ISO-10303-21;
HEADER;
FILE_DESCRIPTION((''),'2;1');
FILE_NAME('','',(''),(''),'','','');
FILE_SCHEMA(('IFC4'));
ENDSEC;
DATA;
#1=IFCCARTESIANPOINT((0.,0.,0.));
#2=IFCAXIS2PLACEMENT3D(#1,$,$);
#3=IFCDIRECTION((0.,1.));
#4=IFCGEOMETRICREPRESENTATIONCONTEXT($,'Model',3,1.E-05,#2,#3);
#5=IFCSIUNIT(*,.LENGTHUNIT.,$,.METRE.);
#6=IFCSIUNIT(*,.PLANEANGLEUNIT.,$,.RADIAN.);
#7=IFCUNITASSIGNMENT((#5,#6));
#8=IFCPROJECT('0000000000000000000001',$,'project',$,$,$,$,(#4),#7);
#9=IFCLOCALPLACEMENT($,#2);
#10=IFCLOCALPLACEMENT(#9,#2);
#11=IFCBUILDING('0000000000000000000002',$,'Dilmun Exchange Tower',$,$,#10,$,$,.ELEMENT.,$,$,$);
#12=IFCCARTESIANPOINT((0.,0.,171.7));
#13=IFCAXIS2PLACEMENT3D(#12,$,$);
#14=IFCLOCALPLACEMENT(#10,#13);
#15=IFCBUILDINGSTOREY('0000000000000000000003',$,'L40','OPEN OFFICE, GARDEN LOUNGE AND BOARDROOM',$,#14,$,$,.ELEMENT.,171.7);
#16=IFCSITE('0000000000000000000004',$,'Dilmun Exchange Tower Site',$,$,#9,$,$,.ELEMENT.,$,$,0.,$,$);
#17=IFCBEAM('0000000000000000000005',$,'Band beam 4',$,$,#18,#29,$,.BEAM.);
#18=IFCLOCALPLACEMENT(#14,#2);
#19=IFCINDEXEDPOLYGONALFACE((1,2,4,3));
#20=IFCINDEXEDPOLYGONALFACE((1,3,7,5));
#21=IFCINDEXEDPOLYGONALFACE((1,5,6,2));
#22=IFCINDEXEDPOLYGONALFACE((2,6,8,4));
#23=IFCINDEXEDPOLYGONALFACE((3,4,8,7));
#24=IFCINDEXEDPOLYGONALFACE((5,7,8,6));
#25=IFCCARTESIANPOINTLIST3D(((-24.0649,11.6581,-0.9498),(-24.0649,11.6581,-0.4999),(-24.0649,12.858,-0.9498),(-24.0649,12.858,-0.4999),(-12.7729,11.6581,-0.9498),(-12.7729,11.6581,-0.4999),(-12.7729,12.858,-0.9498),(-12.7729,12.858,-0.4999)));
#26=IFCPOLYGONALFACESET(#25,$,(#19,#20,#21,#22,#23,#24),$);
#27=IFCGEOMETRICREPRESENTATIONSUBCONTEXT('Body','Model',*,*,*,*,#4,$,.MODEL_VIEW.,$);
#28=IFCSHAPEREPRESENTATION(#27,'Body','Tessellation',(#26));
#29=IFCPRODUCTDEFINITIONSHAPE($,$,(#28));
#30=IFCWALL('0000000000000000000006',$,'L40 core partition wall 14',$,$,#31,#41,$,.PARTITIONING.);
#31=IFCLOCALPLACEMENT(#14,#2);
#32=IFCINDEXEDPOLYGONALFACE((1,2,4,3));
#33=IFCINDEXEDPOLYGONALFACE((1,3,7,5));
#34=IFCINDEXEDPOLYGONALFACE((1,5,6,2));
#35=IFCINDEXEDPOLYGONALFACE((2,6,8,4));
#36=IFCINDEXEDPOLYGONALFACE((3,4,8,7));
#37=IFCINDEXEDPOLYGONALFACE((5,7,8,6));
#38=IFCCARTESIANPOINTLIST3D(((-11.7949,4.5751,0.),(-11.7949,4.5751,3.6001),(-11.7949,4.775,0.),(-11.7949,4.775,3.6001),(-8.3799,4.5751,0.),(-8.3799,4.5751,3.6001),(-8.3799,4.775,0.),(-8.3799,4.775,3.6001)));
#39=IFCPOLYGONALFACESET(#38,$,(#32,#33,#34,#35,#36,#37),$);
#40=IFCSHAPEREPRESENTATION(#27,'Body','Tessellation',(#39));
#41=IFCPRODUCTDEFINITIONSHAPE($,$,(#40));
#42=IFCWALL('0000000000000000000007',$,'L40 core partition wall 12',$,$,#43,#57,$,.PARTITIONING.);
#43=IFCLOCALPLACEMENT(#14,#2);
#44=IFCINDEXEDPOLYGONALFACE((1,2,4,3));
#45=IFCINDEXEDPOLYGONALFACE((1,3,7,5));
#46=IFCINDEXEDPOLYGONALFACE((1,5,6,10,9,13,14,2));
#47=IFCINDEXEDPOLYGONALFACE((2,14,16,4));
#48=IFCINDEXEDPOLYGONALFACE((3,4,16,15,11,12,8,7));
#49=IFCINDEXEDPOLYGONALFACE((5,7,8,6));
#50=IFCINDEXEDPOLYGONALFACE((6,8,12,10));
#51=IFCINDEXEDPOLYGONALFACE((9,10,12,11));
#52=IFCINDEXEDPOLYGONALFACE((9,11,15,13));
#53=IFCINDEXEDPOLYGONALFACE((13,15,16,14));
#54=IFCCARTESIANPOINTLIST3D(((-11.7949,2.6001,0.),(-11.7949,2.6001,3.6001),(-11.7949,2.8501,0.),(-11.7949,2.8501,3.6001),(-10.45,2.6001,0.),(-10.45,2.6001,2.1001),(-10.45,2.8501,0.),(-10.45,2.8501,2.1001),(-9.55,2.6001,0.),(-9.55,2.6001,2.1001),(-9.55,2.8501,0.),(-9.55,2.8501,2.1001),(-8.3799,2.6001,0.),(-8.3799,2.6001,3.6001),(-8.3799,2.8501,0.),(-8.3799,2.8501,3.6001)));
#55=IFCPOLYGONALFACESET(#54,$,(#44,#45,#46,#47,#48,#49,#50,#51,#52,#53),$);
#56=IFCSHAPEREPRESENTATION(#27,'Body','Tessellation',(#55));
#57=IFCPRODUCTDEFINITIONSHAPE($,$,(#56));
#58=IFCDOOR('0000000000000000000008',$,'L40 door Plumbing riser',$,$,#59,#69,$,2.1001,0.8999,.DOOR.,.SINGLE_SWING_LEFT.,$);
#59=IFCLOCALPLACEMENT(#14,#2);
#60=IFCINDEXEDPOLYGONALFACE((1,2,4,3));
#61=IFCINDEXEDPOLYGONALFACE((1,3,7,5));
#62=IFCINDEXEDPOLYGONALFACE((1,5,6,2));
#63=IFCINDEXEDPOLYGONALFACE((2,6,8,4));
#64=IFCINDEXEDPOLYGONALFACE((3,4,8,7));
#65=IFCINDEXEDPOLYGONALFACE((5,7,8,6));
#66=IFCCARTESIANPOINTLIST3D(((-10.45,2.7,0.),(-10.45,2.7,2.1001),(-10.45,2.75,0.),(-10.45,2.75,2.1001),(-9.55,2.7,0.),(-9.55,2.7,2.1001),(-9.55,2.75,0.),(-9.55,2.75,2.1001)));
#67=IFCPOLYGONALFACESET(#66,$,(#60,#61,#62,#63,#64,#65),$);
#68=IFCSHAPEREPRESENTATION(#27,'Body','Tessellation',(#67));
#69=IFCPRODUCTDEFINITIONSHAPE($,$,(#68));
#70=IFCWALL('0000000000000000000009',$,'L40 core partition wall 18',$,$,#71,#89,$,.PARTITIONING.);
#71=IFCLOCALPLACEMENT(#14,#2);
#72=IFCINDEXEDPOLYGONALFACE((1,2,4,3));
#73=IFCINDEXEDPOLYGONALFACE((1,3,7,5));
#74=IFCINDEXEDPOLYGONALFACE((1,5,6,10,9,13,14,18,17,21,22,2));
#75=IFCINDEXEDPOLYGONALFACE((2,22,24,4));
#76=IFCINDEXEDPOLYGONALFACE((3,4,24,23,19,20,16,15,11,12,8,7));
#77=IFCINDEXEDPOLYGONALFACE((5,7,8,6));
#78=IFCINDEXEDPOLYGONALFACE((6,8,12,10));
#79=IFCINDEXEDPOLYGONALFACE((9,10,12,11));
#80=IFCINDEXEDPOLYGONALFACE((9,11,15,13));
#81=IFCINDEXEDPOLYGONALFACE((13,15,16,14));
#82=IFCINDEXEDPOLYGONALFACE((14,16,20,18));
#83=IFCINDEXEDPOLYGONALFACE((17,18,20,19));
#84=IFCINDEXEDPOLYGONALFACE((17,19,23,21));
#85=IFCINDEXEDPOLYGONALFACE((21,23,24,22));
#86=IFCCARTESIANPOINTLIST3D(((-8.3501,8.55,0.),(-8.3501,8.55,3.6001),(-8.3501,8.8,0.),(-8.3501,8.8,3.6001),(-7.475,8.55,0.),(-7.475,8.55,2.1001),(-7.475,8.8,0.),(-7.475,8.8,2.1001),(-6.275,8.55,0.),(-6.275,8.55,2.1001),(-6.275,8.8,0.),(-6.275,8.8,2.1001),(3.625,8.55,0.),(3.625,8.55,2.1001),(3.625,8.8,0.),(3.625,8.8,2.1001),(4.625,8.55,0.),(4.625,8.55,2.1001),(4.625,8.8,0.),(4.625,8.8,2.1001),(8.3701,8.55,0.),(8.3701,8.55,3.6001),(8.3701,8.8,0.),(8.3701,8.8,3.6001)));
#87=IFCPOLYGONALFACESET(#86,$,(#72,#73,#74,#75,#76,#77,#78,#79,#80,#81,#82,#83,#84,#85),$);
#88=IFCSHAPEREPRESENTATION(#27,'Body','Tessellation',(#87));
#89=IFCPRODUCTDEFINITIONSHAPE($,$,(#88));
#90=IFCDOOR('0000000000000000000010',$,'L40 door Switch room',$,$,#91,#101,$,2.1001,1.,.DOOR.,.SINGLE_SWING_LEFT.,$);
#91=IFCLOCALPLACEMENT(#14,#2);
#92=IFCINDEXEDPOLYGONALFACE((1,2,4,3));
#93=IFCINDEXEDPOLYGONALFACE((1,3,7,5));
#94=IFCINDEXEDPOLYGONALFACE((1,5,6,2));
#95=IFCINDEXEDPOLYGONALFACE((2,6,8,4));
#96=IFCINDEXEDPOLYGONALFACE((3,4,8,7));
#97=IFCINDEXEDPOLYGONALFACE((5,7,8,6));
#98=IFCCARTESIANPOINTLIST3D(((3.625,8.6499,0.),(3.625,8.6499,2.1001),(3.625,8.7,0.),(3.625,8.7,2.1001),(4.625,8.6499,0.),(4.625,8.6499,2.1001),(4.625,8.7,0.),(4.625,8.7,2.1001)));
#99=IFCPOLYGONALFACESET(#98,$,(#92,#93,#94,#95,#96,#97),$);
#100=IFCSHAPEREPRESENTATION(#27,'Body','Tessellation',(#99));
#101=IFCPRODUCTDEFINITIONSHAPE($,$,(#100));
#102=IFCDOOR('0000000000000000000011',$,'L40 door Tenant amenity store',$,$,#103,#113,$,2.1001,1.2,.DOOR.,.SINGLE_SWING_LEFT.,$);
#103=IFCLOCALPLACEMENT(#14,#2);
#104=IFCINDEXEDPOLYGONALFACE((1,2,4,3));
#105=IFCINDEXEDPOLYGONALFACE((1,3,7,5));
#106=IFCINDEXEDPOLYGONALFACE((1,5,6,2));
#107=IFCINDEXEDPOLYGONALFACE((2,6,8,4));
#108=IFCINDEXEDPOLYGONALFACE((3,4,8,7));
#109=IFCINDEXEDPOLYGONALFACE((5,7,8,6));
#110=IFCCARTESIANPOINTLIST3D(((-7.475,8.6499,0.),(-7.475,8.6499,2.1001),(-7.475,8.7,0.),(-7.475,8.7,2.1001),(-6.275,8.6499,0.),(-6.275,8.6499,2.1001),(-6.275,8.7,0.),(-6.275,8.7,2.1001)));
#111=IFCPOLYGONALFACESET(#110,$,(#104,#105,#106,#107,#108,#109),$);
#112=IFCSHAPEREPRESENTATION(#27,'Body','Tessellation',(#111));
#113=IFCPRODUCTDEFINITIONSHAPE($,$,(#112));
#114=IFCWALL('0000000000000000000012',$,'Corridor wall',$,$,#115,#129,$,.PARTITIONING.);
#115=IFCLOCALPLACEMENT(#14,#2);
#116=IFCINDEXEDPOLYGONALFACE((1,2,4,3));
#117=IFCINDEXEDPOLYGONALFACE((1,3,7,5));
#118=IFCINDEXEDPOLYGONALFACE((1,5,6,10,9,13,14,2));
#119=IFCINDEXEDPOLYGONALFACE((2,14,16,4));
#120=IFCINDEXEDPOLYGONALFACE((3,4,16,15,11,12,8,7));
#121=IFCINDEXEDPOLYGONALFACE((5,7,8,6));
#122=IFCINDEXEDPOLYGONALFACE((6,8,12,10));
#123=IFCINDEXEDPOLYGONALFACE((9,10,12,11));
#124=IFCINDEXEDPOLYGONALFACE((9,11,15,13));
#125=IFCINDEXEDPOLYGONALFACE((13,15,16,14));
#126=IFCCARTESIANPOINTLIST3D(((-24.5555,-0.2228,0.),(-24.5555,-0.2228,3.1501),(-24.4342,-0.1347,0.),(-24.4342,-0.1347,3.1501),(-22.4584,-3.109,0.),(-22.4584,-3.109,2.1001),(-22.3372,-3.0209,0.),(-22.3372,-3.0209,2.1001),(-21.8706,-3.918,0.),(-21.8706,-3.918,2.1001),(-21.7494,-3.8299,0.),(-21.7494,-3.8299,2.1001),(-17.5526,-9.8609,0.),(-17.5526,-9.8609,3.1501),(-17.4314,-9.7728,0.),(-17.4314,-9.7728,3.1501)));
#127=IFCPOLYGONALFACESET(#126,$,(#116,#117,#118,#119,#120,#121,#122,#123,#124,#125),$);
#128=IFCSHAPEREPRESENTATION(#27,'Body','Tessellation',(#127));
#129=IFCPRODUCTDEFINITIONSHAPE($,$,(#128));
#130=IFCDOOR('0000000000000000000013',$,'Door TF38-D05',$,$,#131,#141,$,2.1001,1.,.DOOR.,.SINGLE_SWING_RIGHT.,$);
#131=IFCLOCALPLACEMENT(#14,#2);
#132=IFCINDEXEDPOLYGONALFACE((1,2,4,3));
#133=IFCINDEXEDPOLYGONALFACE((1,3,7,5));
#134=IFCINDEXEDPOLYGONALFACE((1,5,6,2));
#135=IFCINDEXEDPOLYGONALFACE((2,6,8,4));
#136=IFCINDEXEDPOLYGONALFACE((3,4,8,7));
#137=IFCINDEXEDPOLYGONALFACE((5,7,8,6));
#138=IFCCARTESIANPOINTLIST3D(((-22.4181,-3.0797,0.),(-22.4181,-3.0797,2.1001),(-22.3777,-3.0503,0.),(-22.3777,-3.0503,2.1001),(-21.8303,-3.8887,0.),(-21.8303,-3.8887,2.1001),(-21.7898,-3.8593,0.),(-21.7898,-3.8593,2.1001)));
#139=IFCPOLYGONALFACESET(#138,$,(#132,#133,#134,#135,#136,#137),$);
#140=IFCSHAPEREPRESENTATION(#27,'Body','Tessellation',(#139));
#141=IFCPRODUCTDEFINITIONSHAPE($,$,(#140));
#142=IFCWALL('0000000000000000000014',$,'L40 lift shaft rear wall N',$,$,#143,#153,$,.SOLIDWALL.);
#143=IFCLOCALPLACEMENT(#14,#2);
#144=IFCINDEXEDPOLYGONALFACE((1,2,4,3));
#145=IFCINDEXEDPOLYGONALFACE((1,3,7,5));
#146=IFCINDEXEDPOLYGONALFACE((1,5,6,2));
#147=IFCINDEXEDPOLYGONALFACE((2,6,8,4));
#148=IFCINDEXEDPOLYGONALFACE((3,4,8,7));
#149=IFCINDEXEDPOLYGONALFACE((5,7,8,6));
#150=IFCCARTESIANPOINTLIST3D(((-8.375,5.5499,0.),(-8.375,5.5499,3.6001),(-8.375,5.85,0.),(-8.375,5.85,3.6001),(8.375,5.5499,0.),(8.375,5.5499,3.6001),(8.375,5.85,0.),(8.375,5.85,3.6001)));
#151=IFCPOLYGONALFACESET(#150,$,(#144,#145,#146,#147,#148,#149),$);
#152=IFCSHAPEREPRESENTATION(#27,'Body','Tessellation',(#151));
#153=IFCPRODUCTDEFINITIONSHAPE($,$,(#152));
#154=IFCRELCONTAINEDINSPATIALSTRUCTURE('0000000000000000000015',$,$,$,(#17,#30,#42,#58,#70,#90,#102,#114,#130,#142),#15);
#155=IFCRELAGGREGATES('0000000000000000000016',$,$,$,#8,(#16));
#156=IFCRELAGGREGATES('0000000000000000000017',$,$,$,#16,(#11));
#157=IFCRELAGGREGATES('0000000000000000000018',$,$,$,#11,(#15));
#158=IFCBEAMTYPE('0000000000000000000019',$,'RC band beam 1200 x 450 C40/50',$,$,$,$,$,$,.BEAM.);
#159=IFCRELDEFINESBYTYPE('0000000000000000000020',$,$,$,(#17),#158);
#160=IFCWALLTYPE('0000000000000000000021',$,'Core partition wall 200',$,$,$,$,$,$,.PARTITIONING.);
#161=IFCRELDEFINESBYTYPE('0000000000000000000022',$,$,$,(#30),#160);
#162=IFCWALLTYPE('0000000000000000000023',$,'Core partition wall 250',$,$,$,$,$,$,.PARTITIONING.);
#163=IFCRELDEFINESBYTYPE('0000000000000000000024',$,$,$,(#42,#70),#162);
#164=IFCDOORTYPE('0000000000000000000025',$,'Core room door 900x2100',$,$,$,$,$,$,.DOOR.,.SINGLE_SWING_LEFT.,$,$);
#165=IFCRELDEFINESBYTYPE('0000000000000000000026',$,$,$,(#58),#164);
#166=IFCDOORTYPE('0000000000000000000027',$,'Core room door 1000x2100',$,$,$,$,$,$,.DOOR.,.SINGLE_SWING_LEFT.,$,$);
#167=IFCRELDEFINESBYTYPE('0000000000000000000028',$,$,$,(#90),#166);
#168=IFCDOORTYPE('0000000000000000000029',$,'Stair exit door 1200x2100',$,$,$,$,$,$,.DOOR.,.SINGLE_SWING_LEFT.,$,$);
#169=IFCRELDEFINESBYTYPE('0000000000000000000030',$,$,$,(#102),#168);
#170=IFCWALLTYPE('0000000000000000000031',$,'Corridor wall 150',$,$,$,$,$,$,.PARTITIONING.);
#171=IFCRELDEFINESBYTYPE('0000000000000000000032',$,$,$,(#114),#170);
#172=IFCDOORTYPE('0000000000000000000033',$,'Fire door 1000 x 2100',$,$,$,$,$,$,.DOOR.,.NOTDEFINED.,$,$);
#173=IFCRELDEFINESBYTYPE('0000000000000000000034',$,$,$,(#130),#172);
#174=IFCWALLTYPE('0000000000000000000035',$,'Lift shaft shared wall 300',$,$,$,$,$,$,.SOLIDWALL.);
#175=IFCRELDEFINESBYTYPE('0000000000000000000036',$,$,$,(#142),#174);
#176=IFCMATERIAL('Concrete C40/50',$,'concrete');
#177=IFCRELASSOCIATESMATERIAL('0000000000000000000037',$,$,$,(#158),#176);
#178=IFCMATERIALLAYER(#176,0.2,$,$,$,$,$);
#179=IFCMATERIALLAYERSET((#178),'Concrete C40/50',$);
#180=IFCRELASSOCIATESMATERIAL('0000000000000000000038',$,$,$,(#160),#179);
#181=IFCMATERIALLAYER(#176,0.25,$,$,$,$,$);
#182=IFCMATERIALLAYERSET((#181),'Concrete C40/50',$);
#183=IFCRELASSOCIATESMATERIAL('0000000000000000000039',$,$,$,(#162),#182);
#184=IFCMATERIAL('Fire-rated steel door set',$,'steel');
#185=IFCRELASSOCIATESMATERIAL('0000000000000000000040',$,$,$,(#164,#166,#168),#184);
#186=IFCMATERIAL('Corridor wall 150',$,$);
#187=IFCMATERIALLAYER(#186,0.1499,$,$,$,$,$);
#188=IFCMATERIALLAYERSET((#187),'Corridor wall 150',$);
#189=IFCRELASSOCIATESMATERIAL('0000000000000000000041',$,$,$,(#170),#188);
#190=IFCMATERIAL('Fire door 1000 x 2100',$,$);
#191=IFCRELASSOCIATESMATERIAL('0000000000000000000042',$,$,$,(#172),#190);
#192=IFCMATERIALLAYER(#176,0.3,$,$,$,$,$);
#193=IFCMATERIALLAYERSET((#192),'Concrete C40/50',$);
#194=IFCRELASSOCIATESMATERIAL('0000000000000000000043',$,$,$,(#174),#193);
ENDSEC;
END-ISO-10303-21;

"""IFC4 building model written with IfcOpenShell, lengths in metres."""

from ifc_helpers import new_model, si_unit, direction, frame, frame_2d, origin, origin_2d, place, context, subcontext, project, spatial, rectangle, extrude, material, layer, layer_set, material_profile, profile_set, type_object, element, fill, save


model = new_model("IFC4")

# Units and contexts
model_context = context("Model", 3, precision=1e-05, world=origin(), true_north=direction((0.0, 1.0)))
body_context = subcontext(model_context, "Body", "Model", "MODEL_VIEW")
ifc_project = project(units=[si_unit("LENGTHUNIT", "METRE"), si_unit("PLANEANGLEUNIT", "RADIAN")], contexts=[model_context])

# Site, building, storey
site_placement = place(None, origin())
site = spatial("IfcSite", under=ifc_project, at=site_placement, Name="Dilmun Exchange Tower Site", CompositionType="ELEMENT", RefElevation=0.0)
building_placement = place(site_placement, origin())
building = spatial("IfcBuilding", under=site, at=building_placement, Name="Dilmun Exchange Tower", CompositionType="ELEMENT")
storey_placement = place(building_placement, frame((0.0, 0.0, 171.7)))
storey = spatial("IfcBuildingStorey", under=building, at=storey_placement, Name="L40", Description="OPEN OFFICE, GARDEN LOUNGE AND BOARDROOM", CompositionType="ELEMENT", Elevation=171.7)

# Beam
ifc_material_1 = material(Name="Concrete C40/50", Category="concrete")
ifc_material_profile = material_profile(ifc_material_1, rectangle(XDim=1.2, YDim=0.45, at=origin_2d()), Name="1200 x 450")
ifc_profile_set = profile_set([ifc_material_profile], Name="Concrete C40/50")
beam_type = type_object("IfcBeamType", Name="RC band beam 1200 x 450 C40/50", PredefinedType="BEAM", material=ifc_profile_set)
beam_placement = place(storey_placement, frame((-24.0649, 12.2581, -0.7249), z_axis=(1.0, 0.0, 0.0), x_axis=(0.0, 1.0, 0.0)))
element("IfcBeam", 1, at=beam_placement, inside=storey, type_object=beam_type, Name="Band beam 4", PredefinedType="BEAM", context=body_context, shape_type="SweptSolid", body=[
    extrude(rectangle(XDim=1.2, YDim=0.45, at=origin_2d()), origin(), (0.0, 0.0, 1.0), 11.292),
])

# Wall
ifc_layer_1 = layer(ifc_material_1, 0.2)
ifc_layer_set_1 = layer_set([ifc_layer_1], Name="Concrete C40/50")
wall_type_1 = type_object("IfcWallType", Name="Core partition wall 200", PredefinedType="PARTITIONING", material=ifc_layer_set_1)
wall_1_placement = place(storey_placement, frame((-11.7949, 4.675, 0.0), z_axis=(0.0, 0.0, 1.0), x_axis=(1.0, 0.0, 0.0)))
element("IfcWall", 2, at=wall_1_placement, inside=storey, type_object=wall_type_1, Name="L40 core partition wall 14", PredefinedType="PARTITIONING", context=body_context, shape_type="SweptSolid", body=[
    extrude(rectangle(XDim=3.415, YDim=0.2, at=frame_2d((1.7075, 0.0))), origin(), (0.0, 0.0, 1.0), 3.6001),
])

# Wall, opening, door
ifc_layer_2 = layer(ifc_material_1, 0.25)
ifc_layer_set_2 = layer_set([ifc_layer_2], Name="Concrete C40/50")
wall_type_2 = type_object("IfcWallType", Name="Core partition wall 250", PredefinedType="PARTITIONING", material=ifc_layer_set_2)
wall_2_placement = place(storey_placement, frame((-11.7949, 2.7251, 0.0), z_axis=(0.0, 0.0, 1.0), x_axis=(1.0, 0.0, 0.0)))
wall_2 = element("IfcWall", 3, at=wall_2_placement, inside=storey, type_object=wall_type_2, Name="L40 core partition wall 12", PredefinedType="PARTITIONING", context=body_context, shape_type="SweptSolid", body=[
    extrude(rectangle(XDim=3.415, YDim=0.25, at=frame_2d((1.7075, 0.0))), origin(), (0.0, 0.0, 1.0), 3.6001),
])
opening_1_placement = place(wall_2_placement, frame((1.345, 0.0, 0.0)))
opening_1 = element("IfcOpeningElement", 4, at=opening_1_placement, cuts=wall_2, PredefinedType="OPENING", context=body_context, shape_type="SweptSolid", body=[
    extrude(rectangle(XDim=0.8999, YDim=2.1001, at=frame_2d((0.45, 1.05))), frame((0.0, 0.135, 0.0), z_axis=(0.0, -1.0, 0.0), x_axis=(1.0, 0.0, 0.0)), (0.0, 0.0, 1.0), 0.27),
])
ifc_material_2 = material(Name="Fire-rated steel door set", Category="steel")
door_type_1 = type_object("IfcDoorType", Name="Core room door 900x2100", OperationType="SINGLE_SWING_LEFT", PredefinedType="DOOR", material=ifc_material_2)
door_1_placement = place(opening_1_placement, origin())
door_1 = element("IfcDoor", 5, at=door_1_placement, inside=storey, type_object=door_type_1, Name="L40 door Plumbing riser", OperationType="SINGLE_SWING_LEFT", OverallHeight=2.1001, OverallWidth=0.8999, PredefinedType="DOOR", context=body_context, shape_type="SweptSolid", body=[
    extrude(rectangle(XDim=0.8999, YDim=2.1001, at=frame_2d((0.45, 1.05))), frame((0.0, 0.0249, 0.0), z_axis=(0.0, -1.0, 0.0), x_axis=(1.0, 0.0, 0.0)), (0.0, 0.0, 1.0), 0.05),
])
fill(opening_1, door_1)

# Wall, openings, doors
wall_3_placement = place(storey_placement, frame((-8.3501, 8.675, 0.0), z_axis=(0.0, 0.0, 1.0), x_axis=(1.0, 0.0, 0.0)))
wall_3 = element("IfcWall", 6, at=wall_3_placement, inside=storey, type_object=wall_type_2, Name="L40 core partition wall 18", PredefinedType="PARTITIONING", context=body_context, shape_type="SweptSolid", body=[
    extrude(rectangle(XDim=16.7202, YDim=0.25, at=frame_2d((8.3601, 0.0))), origin(), (0.0, 0.0, 1.0), 3.6001),
])
opening_2_placement = place(wall_3_placement, frame((0.875, 0.0, 0.0)))
opening_2 = element("IfcOpeningElement", 7, at=opening_2_placement, cuts=wall_3, PredefinedType="OPENING", context=body_context, shape_type="SweptSolid", body=[
    extrude(rectangle(XDim=1.2, YDim=2.1001, at=frame_2d((0.6001, 1.05))), frame((0.0, 0.135, 0.0), z_axis=(0.0, -1.0, 0.0), x_axis=(1.0, 0.0, 0.0)), (0.0, 0.0, 1.0), 0.27),
])
opening_3_placement = place(wall_3_placement, frame((11.9751, 0.0, 0.0)))
opening_3 = element("IfcOpeningElement", 8, at=opening_3_placement, cuts=wall_3, PredefinedType="OPENING", context=body_context, shape_type="SweptSolid", body=[
    extrude(rectangle(XDim=1.0, YDim=2.1001, at=frame_2d((0.5, 1.05))), frame((0.0, 0.135, 0.0), z_axis=(0.0, -1.0, 0.0), x_axis=(1.0, 0.0, 0.0)), (0.0, 0.0, 1.0), 0.27),
])
door_type_2 = type_object("IfcDoorType", Name="Core room door 1000x2100", OperationType="SINGLE_SWING_LEFT", PredefinedType="DOOR", material=ifc_material_2)
door_2_placement = place(opening_3_placement, origin())
door_2 = element("IfcDoor", 9, at=door_2_placement, inside=storey, type_object=door_type_2, Name="L40 door Switch room", OperationType="SINGLE_SWING_LEFT", OverallHeight=2.1001, OverallWidth=1.0, PredefinedType="DOOR", context=body_context, shape_type="SweptSolid", body=[
    extrude(rectangle(XDim=1.0, YDim=2.1001, at=frame_2d((0.5, 1.05))), frame((0.0, 0.0249, 0.0), z_axis=(0.0, -1.0, 0.0), x_axis=(1.0, 0.0, 0.0)), (0.0, 0.0, 1.0), 0.05),
])
fill(opening_3, door_2)
door_type_3 = type_object("IfcDoorType", Name="Stair exit door 1200x2100", OperationType="SINGLE_SWING_LEFT", PredefinedType="DOOR", material=ifc_material_2)
door_3_placement = place(opening_2_placement, origin())
door_3 = element("IfcDoor", 10, at=door_3_placement, inside=storey, type_object=door_type_3, Name="L40 door Tenant amenity store", OperationType="SINGLE_SWING_LEFT", OverallHeight=2.1001, OverallWidth=1.2, PredefinedType="DOOR", context=body_context, shape_type="SweptSolid", body=[
    extrude(rectangle(XDim=1.2, YDim=2.1001, at=frame_2d((0.6001, 1.05))), frame((0.0, 0.0249, 0.0), z_axis=(0.0, -1.0, 0.0), x_axis=(1.0, 0.0, 0.0)), (0.0, 0.0, 1.0), 0.05),
])
fill(opening_2, door_3)

# Wall, opening, door
ifc_material_3 = material(Name="Corridor wall 150")
ifc_layer_3 = layer(ifc_material_3, 0.1499)
ifc_layer_set_3 = layer_set([ifc_layer_3], Name="Corridor wall 150")
wall_type_3 = type_object("IfcWallType", Name="Corridor wall 150", PredefinedType="PARTITIONING", material=ifc_layer_set_3)
wall_4_placement = place(storey_placement, frame((-24.4949, -0.1787, 0.0), z_axis=(0.0, 0.0, 1.0), x_axis=(0.587806, -0.809002, 0.0)))
wall_4 = element("IfcWall", 11, at=wall_4_placement, inside=storey, type_object=wall_type_3, Name="Corridor wall", PredefinedType="PARTITIONING", context=body_context, shape_type="SweptSolid", body=[
    extrude(rectangle(XDim=11.9136, YDim=0.1499, at=frame_2d((5.9568, 0.0))), origin(), (0.0, 0.0, 1.0), 3.1501),
])
opening_4_placement = place(wall_4_placement, frame((3.5676, 0.0, 0.0)))
opening_4 = element("IfcOpeningElement", 12, at=opening_4_placement, cuts=wall_4, PredefinedType="OPENING", context=body_context, shape_type="SweptSolid", body=[
    extrude(rectangle(XDim=1.0, YDim=2.1001, at=frame_2d((0.5, 1.05))), frame((0.0, 0.085, 0.0), z_axis=(0.0, -1.0, 0.0), x_axis=(1.0, 0.0, 0.0)), (0.0, 0.0, 1.0), 0.1699),
])
ifc_material_4 = material(Name="Fire door 1000 x 2100")
door_type_4 = type_object("IfcDoorType", Name="Fire door 1000 x 2100", OperationType="NOTDEFINED", PredefinedType="DOOR", material=ifc_material_4)
door_4_placement = place(opening_4_placement, origin())
door_4 = element("IfcDoor", 13, at=door_4_placement, inside=storey, type_object=door_type_4, Name="Door TF38-D05", OperationType="SINGLE_SWING_RIGHT", OverallHeight=2.1001, OverallWidth=1.0, PredefinedType="DOOR", context=body_context, shape_type="SweptSolid", body=[
    extrude(rectangle(XDim=1.0, YDim=2.1001, at=frame_2d((0.5, 1.05))), frame((0.0, 0.0249, 0.0), z_axis=(0.0, -1.0, 0.0), x_axis=(1.0, 0.0, 0.0)), (0.0, 0.0, 1.0), 0.05),
])
fill(opening_4, door_4)

# Wall
ifc_layer_4 = layer(ifc_material_1, 0.3)
ifc_layer_set_4 = layer_set([ifc_layer_4], Name="Concrete C40/50")
wall_type_4 = type_object("IfcWallType", Name="Lift shaft shared wall 300", PredefinedType="SOLIDWALL", material=ifc_layer_set_4)
wall_5_placement = place(storey_placement, frame((-8.375, 5.7, 0.0), z_axis=(0.0, 0.0, 1.0), x_axis=(1.0, 0.0, 0.0)))
element("IfcWall", 14, at=wall_5_placement, inside=storey, type_object=wall_type_4, Name="L40 lift shaft rear wall N", PredefinedType="SOLIDWALL", context=body_context, shape_type="SweptSolid", body=[
    extrude(rectangle(XDim=16.75, YDim=0.3, at=frame_2d((8.375, 0.0))), origin(), (0.0, 0.0, 1.0), 3.6001),
])

save(model, "model.ifc")
